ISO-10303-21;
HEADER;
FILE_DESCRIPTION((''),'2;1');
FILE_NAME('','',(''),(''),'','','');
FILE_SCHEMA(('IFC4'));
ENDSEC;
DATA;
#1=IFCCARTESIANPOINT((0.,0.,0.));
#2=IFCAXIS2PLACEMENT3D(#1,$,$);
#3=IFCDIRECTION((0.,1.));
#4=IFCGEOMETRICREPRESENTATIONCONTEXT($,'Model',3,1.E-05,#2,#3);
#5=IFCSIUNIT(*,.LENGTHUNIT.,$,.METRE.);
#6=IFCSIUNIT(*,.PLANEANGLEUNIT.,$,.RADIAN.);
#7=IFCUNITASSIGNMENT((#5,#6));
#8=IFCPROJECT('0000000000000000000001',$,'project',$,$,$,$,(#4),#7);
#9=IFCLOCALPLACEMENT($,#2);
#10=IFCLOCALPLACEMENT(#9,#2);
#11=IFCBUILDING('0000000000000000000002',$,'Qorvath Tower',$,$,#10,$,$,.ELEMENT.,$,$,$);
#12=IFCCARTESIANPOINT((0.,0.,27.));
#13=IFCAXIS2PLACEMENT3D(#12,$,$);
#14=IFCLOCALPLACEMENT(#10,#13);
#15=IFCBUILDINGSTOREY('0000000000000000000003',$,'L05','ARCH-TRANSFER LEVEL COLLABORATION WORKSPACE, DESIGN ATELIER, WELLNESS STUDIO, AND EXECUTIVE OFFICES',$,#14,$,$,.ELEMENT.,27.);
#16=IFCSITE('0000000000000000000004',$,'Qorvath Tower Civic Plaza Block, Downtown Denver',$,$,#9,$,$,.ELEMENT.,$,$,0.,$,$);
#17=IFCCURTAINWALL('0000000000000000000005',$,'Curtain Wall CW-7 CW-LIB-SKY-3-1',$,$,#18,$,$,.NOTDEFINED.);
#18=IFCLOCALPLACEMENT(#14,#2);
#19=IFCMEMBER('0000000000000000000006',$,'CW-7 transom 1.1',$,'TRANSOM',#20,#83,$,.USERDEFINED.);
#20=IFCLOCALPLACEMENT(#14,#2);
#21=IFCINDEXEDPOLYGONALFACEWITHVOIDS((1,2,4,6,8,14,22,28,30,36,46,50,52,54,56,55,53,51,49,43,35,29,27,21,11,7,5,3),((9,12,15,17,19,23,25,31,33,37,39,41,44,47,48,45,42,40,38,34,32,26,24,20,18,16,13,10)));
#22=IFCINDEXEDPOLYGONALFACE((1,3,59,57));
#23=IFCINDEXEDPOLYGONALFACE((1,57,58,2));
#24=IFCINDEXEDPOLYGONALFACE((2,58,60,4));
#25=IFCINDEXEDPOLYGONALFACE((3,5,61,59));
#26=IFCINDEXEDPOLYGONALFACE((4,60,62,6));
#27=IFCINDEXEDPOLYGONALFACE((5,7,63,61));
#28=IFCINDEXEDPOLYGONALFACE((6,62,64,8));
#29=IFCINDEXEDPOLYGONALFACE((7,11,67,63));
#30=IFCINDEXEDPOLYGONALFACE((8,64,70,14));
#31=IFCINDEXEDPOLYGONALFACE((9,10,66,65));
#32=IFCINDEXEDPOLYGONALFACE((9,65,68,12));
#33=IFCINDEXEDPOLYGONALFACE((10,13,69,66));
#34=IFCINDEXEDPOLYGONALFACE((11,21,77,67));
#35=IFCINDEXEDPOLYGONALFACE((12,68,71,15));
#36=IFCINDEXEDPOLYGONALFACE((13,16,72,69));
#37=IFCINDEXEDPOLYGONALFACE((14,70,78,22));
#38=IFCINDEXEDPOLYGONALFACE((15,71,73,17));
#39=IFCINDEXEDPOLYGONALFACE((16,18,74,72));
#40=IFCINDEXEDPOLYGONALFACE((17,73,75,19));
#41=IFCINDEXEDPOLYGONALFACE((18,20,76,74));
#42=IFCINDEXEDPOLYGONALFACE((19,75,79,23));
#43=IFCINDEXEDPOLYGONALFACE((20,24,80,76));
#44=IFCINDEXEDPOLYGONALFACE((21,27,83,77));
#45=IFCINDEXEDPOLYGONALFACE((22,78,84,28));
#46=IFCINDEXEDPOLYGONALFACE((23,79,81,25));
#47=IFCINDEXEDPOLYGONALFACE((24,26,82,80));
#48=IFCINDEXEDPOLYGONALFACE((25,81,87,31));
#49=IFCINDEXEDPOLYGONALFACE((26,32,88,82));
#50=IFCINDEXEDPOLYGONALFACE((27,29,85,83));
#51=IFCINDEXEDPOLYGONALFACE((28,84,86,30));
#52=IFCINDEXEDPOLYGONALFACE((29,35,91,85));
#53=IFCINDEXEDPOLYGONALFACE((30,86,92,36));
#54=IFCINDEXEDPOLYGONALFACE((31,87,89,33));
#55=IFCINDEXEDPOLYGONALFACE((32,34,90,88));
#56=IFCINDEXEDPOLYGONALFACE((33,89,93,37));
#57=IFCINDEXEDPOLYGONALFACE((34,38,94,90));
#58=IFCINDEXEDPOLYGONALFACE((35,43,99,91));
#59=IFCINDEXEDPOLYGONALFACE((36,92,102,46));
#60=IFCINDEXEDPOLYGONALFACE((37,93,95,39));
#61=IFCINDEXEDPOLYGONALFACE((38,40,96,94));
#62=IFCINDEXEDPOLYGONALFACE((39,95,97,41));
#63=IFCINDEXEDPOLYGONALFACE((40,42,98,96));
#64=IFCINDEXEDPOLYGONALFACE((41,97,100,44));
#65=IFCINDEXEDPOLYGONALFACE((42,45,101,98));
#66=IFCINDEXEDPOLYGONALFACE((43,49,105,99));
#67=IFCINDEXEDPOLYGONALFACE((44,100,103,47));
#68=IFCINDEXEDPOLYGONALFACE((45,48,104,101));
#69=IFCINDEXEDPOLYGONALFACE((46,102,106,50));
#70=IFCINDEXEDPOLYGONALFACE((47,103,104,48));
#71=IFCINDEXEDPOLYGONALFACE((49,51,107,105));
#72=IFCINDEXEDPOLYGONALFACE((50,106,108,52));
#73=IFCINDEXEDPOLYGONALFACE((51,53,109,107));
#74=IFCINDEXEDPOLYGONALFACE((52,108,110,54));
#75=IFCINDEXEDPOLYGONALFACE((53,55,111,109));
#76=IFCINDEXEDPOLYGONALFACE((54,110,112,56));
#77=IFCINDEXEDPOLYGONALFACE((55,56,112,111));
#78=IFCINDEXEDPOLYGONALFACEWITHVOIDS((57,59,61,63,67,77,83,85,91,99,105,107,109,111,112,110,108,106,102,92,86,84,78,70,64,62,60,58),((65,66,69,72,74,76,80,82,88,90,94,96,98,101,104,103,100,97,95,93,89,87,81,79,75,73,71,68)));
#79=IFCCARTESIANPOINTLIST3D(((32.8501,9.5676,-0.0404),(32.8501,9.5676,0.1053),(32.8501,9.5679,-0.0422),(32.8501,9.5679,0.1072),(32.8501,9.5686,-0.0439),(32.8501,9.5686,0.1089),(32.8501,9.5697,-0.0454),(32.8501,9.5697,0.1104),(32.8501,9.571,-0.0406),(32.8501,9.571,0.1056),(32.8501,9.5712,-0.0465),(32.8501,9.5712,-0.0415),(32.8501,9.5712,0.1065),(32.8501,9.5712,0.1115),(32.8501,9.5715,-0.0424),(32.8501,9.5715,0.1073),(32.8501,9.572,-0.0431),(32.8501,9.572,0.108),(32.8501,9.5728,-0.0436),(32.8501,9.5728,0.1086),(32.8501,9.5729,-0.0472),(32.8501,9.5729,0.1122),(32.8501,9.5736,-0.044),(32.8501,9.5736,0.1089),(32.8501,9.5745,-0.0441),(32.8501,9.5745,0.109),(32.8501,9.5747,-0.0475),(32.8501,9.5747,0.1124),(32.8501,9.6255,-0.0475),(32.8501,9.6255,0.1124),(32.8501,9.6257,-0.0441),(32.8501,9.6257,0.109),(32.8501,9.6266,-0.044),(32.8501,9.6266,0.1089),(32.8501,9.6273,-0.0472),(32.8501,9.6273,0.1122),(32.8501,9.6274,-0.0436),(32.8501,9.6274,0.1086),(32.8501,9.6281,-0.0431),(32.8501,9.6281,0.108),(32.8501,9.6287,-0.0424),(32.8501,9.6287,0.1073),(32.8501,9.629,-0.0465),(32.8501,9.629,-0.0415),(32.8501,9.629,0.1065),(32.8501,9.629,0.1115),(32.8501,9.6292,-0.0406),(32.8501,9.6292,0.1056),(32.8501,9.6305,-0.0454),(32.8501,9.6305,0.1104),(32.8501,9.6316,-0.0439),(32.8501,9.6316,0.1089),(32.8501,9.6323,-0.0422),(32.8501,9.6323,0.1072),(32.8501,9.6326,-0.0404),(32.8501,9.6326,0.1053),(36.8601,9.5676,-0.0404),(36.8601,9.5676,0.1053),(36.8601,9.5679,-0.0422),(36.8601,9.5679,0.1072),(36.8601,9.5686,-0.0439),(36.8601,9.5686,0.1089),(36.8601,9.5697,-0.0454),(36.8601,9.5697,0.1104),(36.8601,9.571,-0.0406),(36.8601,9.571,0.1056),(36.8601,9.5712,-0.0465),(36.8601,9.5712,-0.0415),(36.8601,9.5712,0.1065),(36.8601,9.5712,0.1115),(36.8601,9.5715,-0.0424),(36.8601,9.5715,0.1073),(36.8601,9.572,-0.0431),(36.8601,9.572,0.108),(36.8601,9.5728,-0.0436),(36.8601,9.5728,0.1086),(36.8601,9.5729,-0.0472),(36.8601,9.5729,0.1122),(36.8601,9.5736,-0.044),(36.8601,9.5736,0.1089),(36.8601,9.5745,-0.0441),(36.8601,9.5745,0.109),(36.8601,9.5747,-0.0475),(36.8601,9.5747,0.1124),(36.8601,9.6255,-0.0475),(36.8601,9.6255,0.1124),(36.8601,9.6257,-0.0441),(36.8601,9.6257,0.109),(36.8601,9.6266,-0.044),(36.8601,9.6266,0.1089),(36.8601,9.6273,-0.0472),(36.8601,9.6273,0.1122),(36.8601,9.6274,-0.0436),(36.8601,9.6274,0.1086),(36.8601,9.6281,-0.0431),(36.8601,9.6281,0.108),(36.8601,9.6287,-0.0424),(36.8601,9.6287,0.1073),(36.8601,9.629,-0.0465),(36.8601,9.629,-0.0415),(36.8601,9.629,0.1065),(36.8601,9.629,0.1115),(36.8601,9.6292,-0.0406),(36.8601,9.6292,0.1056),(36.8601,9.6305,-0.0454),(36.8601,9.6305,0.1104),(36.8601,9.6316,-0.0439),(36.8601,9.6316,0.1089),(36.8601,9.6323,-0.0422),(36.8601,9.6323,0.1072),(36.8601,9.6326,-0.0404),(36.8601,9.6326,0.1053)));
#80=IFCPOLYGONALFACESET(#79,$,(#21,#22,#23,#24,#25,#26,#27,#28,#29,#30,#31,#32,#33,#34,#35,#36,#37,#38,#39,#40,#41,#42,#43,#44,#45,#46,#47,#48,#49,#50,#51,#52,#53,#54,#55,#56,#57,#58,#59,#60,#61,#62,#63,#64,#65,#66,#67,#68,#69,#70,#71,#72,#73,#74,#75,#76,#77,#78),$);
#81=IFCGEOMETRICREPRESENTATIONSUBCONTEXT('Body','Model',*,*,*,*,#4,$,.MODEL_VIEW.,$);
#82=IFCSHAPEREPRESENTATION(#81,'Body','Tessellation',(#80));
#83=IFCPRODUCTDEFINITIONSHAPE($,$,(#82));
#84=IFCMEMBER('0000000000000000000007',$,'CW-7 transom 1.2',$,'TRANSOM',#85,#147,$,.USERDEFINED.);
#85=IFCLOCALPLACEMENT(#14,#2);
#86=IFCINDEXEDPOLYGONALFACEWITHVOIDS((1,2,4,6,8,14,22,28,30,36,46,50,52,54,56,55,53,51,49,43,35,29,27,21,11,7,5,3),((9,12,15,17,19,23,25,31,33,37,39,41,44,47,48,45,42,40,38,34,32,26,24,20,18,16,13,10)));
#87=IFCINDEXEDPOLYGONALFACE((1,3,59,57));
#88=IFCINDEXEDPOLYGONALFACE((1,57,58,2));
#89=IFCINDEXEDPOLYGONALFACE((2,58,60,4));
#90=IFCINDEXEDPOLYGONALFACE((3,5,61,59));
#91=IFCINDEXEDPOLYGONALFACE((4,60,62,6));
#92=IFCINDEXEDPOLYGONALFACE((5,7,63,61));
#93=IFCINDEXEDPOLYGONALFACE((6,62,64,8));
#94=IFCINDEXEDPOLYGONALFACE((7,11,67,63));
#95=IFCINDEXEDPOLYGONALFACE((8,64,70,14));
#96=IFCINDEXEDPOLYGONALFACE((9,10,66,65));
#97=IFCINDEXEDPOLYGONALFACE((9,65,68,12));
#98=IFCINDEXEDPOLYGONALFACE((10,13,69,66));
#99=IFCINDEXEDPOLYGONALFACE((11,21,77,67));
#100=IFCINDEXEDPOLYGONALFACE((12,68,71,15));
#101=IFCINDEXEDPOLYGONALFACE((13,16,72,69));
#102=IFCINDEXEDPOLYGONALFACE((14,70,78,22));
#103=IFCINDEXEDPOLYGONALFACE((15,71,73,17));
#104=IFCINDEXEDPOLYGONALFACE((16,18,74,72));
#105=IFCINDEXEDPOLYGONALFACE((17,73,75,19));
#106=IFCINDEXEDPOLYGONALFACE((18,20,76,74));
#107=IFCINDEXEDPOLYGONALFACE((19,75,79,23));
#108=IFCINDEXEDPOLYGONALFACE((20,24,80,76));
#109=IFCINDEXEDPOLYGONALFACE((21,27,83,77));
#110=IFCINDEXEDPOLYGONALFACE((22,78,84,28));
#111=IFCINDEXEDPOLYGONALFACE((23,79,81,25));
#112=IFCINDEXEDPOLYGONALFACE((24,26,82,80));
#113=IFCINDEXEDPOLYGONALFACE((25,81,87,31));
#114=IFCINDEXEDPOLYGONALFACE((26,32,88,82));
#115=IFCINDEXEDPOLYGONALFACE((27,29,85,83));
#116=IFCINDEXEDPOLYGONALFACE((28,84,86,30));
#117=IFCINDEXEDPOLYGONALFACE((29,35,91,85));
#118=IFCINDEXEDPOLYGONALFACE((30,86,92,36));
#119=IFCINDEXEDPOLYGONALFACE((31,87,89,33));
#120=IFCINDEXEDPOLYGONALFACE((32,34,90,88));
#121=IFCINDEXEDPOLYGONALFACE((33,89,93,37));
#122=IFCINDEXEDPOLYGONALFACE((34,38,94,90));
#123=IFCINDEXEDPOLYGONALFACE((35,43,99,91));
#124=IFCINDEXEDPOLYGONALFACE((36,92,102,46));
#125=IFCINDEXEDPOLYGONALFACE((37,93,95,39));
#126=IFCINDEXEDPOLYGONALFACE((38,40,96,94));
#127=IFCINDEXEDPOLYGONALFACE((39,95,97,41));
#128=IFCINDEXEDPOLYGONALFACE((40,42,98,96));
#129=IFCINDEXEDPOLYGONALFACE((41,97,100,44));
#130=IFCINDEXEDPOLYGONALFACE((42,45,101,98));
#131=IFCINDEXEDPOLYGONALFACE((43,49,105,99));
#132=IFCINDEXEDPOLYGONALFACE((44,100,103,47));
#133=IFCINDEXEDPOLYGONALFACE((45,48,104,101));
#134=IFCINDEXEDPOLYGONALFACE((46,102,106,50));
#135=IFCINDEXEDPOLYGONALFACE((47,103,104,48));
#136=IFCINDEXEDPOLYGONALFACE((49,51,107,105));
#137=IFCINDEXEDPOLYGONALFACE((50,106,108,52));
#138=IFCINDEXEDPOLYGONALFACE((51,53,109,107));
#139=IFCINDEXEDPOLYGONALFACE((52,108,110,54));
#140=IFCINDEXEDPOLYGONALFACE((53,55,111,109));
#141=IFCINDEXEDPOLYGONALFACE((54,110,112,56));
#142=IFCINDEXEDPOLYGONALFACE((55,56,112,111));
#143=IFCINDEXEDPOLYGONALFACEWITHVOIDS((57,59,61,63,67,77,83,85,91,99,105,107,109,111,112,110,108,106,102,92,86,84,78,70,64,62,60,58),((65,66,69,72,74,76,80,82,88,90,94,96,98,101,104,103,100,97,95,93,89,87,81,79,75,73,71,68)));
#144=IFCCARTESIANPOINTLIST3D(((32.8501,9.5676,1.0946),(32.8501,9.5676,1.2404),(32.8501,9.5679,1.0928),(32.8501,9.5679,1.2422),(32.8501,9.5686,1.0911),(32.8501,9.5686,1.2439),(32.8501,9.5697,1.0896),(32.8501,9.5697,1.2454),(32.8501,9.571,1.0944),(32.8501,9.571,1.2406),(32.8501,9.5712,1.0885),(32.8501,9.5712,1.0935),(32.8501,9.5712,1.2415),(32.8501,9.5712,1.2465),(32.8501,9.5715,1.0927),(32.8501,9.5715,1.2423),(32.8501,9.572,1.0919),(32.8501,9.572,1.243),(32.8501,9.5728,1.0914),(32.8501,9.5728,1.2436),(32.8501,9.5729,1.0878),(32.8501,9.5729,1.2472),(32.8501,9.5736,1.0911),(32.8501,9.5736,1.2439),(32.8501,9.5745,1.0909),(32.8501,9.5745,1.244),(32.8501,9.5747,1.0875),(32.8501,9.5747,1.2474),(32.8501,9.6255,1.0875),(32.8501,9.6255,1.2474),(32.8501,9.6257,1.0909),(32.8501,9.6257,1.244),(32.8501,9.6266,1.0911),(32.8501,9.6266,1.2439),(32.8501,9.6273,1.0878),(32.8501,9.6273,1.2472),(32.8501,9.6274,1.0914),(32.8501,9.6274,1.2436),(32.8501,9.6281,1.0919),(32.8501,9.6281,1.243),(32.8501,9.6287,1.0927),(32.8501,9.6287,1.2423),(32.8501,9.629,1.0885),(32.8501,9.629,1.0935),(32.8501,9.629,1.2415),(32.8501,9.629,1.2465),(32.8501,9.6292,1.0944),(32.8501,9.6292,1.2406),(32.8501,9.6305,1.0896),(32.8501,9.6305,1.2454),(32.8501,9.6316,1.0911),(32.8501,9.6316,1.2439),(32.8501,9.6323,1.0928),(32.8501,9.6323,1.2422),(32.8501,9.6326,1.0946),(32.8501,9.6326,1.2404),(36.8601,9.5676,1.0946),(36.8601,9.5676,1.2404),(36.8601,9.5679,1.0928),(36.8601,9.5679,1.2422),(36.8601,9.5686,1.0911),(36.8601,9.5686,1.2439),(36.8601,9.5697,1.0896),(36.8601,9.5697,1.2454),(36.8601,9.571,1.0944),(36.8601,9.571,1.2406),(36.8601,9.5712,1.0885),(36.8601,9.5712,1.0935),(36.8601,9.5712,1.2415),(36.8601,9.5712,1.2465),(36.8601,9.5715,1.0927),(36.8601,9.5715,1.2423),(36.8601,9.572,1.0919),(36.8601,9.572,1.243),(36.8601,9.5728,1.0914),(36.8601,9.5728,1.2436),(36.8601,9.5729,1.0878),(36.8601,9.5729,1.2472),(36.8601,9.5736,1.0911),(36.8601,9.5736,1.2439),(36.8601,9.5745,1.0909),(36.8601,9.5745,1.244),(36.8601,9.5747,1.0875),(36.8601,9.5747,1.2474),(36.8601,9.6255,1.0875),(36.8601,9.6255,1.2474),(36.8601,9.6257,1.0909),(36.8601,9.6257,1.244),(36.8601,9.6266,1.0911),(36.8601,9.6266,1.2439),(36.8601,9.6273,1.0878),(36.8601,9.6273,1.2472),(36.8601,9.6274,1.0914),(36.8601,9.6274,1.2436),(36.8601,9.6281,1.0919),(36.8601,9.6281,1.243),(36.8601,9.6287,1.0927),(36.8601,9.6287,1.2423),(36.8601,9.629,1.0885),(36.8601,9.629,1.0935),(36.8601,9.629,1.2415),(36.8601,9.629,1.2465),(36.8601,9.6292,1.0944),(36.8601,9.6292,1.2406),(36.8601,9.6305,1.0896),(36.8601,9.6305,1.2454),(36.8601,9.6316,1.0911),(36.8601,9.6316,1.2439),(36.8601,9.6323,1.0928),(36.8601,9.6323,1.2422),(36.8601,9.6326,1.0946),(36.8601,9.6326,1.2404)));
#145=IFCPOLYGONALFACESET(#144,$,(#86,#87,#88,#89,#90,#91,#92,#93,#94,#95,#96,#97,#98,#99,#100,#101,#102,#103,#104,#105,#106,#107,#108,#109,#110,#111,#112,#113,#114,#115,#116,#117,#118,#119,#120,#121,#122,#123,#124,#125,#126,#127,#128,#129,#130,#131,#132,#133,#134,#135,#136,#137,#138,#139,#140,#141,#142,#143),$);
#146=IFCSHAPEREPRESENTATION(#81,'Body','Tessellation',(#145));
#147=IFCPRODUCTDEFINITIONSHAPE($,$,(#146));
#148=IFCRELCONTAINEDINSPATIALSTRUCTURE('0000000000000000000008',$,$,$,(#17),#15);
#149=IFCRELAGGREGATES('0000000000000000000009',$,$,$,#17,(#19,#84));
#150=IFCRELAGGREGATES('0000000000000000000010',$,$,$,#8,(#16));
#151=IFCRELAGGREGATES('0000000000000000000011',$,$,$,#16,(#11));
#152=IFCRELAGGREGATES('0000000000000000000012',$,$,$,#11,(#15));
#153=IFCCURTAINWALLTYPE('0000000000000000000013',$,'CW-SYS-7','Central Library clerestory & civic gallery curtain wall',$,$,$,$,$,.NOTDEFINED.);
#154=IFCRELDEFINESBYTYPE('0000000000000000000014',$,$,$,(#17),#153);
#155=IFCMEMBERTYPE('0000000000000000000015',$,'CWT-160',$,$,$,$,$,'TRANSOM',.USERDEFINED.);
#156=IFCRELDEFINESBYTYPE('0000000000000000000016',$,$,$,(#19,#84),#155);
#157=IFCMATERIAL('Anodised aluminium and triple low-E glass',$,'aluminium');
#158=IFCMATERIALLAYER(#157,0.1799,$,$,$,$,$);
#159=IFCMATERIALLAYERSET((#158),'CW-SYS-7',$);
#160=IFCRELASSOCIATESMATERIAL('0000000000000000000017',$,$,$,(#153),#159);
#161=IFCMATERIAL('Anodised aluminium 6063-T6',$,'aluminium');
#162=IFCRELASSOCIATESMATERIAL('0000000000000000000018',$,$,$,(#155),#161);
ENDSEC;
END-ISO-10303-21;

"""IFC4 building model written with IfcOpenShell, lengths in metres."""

from ifc_helpers import new_model, si_unit, direction, frame, origin, origin_2d, place, context, subcontext, project, spatial, hollow_rectangle, extrude, material, layer, layer_set, material_profile, profile_set, type_object, element, aggregate, save


model = new_model("IFC4")

# Units and contexts
model_context = context("Model", 3, precision=1e-05, world=origin(), true_north=direction((0.0, 1.0)))
body_context = subcontext(model_context, "Body", "Model", "MODEL_VIEW")
ifc_project = project(units=[si_unit("LENGTHUNIT", "METRE"), si_unit("PLANEANGLEUNIT", "RADIAN")], contexts=[model_context])

# Site, building, storey
site_placement = place(None, origin())
site = spatial("IfcSite", under=ifc_project, at=site_placement, Name="Qorvath Tower Civic Plaza Block, Downtown Denver", CompositionType="ELEMENT", RefElevation=0.0)
building_placement = place(site_placement, origin())
building = spatial("IfcBuilding", under=site, at=building_placement, Name="Qorvath Tower", CompositionType="ELEMENT")
storey_placement = place(building_placement, frame((0.0, 0.0, 27.0)))
storey = spatial("IfcBuildingStorey", under=building, at=storey_placement, Name="L05", Description="ARCH-TRANSFER LEVEL COLLABORATION WORKSPACE, DESIGN ATELIER, WELLNESS STUDIO, AND EXECUTIVE OFFICES", CompositionType="ELEMENT", Elevation=27.0)

# Curtain wall
ifc_material_1 = material(Name="Anodised aluminium and triple low-E glass", Category="aluminium")
ifc_layer_1 = layer(ifc_material_1, 0.1799)
ifc_layer_set_1 = layer_set([ifc_layer_1], Name="CW-SYS-7")
curtain_wall_type = type_object("IfcCurtainWallType", Name="CW-SYS-7", Description="Central Library clerestory & civic gallery curtain wall", PredefinedType="NOTDEFINED", material=ifc_layer_set_1)
curtain_wall_1_placement = place(storey_placement, origin())
curtain_wall_1 = element("IfcCurtainWall", 1, at=curtain_wall_1_placement, inside=storey, type_object=curtain_wall_type, Name="Curtain Wall CW-7 CW-LIB-SKY-3-1", PredefinedType="NOTDEFINED")

# Members
ifc_material_2 = material(Name="Anodised aluminium 6063-T6", Category="aluminium")
ifc_material_profile_1 = material_profile(ifc_material_2, hollow_rectangle(XDim=0.0649, YDim=0.1599, WallThickness=0.0034, InnerFilletRadius=0.0034, OuterFilletRadius=0.0071, at=origin_2d()), Name="CWT 160x65")
ifc_profile_set_1 = profile_set([ifc_material_profile_1], Name="Anodised aluminium 6063-T6")
member_type_1 = type_object("IfcMemberType", Name="CWT-160", ElementType="TRANSOM", PredefinedType="USERDEFINED", material=ifc_profile_set_1)
member_1_placement = place(storey_placement, frame((32.8501, 9.6001, 0.0325), z_axis=(1.0, 0.0, 0.0), x_axis=(0.0, 1.0, 0.0)))
member_1 = element("IfcMember", 2, at=member_1_placement, type_object=member_type_1, Name="CW-7 transom 1.1", ObjectType="TRANSOM", PredefinedType="USERDEFINED", context=body_context, shape_type="SweptSolid", body=[
    extrude(hollow_rectangle(XDim=0.0649, YDim=0.1599, WallThickness=0.0034, InnerFilletRadius=0.0034, OuterFilletRadius=0.0071, at=origin_2d()), origin(), (0.0, 0.0, 1.0), 4.01),
])
member_2_placement = place(storey_placement, frame((32.8501, 9.6001, 1.1675), z_axis=(1.0, 0.0, 0.0), x_axis=(0.0, 1.0, 0.0)))
member_2 = element("IfcMember", 3, at=member_2_placement, type_object=member_type_1, Name="CW-7 transom 1.2", ObjectType="TRANSOM", PredefinedType="USERDEFINED", context=body_context, shape_type="SweptSolid", body=[
    extrude(hollow_rectangle(XDim=0.0649, YDim=0.1599, WallThickness=0.0034, InnerFilletRadius=0.0034, OuterFilletRadius=0.0071, at=origin_2d()), origin(), (0.0, 0.0, 1.0), 4.01),
])

aggregate(curtain_wall_1, [member_1, member_2])

save(model, "model.ifc")
